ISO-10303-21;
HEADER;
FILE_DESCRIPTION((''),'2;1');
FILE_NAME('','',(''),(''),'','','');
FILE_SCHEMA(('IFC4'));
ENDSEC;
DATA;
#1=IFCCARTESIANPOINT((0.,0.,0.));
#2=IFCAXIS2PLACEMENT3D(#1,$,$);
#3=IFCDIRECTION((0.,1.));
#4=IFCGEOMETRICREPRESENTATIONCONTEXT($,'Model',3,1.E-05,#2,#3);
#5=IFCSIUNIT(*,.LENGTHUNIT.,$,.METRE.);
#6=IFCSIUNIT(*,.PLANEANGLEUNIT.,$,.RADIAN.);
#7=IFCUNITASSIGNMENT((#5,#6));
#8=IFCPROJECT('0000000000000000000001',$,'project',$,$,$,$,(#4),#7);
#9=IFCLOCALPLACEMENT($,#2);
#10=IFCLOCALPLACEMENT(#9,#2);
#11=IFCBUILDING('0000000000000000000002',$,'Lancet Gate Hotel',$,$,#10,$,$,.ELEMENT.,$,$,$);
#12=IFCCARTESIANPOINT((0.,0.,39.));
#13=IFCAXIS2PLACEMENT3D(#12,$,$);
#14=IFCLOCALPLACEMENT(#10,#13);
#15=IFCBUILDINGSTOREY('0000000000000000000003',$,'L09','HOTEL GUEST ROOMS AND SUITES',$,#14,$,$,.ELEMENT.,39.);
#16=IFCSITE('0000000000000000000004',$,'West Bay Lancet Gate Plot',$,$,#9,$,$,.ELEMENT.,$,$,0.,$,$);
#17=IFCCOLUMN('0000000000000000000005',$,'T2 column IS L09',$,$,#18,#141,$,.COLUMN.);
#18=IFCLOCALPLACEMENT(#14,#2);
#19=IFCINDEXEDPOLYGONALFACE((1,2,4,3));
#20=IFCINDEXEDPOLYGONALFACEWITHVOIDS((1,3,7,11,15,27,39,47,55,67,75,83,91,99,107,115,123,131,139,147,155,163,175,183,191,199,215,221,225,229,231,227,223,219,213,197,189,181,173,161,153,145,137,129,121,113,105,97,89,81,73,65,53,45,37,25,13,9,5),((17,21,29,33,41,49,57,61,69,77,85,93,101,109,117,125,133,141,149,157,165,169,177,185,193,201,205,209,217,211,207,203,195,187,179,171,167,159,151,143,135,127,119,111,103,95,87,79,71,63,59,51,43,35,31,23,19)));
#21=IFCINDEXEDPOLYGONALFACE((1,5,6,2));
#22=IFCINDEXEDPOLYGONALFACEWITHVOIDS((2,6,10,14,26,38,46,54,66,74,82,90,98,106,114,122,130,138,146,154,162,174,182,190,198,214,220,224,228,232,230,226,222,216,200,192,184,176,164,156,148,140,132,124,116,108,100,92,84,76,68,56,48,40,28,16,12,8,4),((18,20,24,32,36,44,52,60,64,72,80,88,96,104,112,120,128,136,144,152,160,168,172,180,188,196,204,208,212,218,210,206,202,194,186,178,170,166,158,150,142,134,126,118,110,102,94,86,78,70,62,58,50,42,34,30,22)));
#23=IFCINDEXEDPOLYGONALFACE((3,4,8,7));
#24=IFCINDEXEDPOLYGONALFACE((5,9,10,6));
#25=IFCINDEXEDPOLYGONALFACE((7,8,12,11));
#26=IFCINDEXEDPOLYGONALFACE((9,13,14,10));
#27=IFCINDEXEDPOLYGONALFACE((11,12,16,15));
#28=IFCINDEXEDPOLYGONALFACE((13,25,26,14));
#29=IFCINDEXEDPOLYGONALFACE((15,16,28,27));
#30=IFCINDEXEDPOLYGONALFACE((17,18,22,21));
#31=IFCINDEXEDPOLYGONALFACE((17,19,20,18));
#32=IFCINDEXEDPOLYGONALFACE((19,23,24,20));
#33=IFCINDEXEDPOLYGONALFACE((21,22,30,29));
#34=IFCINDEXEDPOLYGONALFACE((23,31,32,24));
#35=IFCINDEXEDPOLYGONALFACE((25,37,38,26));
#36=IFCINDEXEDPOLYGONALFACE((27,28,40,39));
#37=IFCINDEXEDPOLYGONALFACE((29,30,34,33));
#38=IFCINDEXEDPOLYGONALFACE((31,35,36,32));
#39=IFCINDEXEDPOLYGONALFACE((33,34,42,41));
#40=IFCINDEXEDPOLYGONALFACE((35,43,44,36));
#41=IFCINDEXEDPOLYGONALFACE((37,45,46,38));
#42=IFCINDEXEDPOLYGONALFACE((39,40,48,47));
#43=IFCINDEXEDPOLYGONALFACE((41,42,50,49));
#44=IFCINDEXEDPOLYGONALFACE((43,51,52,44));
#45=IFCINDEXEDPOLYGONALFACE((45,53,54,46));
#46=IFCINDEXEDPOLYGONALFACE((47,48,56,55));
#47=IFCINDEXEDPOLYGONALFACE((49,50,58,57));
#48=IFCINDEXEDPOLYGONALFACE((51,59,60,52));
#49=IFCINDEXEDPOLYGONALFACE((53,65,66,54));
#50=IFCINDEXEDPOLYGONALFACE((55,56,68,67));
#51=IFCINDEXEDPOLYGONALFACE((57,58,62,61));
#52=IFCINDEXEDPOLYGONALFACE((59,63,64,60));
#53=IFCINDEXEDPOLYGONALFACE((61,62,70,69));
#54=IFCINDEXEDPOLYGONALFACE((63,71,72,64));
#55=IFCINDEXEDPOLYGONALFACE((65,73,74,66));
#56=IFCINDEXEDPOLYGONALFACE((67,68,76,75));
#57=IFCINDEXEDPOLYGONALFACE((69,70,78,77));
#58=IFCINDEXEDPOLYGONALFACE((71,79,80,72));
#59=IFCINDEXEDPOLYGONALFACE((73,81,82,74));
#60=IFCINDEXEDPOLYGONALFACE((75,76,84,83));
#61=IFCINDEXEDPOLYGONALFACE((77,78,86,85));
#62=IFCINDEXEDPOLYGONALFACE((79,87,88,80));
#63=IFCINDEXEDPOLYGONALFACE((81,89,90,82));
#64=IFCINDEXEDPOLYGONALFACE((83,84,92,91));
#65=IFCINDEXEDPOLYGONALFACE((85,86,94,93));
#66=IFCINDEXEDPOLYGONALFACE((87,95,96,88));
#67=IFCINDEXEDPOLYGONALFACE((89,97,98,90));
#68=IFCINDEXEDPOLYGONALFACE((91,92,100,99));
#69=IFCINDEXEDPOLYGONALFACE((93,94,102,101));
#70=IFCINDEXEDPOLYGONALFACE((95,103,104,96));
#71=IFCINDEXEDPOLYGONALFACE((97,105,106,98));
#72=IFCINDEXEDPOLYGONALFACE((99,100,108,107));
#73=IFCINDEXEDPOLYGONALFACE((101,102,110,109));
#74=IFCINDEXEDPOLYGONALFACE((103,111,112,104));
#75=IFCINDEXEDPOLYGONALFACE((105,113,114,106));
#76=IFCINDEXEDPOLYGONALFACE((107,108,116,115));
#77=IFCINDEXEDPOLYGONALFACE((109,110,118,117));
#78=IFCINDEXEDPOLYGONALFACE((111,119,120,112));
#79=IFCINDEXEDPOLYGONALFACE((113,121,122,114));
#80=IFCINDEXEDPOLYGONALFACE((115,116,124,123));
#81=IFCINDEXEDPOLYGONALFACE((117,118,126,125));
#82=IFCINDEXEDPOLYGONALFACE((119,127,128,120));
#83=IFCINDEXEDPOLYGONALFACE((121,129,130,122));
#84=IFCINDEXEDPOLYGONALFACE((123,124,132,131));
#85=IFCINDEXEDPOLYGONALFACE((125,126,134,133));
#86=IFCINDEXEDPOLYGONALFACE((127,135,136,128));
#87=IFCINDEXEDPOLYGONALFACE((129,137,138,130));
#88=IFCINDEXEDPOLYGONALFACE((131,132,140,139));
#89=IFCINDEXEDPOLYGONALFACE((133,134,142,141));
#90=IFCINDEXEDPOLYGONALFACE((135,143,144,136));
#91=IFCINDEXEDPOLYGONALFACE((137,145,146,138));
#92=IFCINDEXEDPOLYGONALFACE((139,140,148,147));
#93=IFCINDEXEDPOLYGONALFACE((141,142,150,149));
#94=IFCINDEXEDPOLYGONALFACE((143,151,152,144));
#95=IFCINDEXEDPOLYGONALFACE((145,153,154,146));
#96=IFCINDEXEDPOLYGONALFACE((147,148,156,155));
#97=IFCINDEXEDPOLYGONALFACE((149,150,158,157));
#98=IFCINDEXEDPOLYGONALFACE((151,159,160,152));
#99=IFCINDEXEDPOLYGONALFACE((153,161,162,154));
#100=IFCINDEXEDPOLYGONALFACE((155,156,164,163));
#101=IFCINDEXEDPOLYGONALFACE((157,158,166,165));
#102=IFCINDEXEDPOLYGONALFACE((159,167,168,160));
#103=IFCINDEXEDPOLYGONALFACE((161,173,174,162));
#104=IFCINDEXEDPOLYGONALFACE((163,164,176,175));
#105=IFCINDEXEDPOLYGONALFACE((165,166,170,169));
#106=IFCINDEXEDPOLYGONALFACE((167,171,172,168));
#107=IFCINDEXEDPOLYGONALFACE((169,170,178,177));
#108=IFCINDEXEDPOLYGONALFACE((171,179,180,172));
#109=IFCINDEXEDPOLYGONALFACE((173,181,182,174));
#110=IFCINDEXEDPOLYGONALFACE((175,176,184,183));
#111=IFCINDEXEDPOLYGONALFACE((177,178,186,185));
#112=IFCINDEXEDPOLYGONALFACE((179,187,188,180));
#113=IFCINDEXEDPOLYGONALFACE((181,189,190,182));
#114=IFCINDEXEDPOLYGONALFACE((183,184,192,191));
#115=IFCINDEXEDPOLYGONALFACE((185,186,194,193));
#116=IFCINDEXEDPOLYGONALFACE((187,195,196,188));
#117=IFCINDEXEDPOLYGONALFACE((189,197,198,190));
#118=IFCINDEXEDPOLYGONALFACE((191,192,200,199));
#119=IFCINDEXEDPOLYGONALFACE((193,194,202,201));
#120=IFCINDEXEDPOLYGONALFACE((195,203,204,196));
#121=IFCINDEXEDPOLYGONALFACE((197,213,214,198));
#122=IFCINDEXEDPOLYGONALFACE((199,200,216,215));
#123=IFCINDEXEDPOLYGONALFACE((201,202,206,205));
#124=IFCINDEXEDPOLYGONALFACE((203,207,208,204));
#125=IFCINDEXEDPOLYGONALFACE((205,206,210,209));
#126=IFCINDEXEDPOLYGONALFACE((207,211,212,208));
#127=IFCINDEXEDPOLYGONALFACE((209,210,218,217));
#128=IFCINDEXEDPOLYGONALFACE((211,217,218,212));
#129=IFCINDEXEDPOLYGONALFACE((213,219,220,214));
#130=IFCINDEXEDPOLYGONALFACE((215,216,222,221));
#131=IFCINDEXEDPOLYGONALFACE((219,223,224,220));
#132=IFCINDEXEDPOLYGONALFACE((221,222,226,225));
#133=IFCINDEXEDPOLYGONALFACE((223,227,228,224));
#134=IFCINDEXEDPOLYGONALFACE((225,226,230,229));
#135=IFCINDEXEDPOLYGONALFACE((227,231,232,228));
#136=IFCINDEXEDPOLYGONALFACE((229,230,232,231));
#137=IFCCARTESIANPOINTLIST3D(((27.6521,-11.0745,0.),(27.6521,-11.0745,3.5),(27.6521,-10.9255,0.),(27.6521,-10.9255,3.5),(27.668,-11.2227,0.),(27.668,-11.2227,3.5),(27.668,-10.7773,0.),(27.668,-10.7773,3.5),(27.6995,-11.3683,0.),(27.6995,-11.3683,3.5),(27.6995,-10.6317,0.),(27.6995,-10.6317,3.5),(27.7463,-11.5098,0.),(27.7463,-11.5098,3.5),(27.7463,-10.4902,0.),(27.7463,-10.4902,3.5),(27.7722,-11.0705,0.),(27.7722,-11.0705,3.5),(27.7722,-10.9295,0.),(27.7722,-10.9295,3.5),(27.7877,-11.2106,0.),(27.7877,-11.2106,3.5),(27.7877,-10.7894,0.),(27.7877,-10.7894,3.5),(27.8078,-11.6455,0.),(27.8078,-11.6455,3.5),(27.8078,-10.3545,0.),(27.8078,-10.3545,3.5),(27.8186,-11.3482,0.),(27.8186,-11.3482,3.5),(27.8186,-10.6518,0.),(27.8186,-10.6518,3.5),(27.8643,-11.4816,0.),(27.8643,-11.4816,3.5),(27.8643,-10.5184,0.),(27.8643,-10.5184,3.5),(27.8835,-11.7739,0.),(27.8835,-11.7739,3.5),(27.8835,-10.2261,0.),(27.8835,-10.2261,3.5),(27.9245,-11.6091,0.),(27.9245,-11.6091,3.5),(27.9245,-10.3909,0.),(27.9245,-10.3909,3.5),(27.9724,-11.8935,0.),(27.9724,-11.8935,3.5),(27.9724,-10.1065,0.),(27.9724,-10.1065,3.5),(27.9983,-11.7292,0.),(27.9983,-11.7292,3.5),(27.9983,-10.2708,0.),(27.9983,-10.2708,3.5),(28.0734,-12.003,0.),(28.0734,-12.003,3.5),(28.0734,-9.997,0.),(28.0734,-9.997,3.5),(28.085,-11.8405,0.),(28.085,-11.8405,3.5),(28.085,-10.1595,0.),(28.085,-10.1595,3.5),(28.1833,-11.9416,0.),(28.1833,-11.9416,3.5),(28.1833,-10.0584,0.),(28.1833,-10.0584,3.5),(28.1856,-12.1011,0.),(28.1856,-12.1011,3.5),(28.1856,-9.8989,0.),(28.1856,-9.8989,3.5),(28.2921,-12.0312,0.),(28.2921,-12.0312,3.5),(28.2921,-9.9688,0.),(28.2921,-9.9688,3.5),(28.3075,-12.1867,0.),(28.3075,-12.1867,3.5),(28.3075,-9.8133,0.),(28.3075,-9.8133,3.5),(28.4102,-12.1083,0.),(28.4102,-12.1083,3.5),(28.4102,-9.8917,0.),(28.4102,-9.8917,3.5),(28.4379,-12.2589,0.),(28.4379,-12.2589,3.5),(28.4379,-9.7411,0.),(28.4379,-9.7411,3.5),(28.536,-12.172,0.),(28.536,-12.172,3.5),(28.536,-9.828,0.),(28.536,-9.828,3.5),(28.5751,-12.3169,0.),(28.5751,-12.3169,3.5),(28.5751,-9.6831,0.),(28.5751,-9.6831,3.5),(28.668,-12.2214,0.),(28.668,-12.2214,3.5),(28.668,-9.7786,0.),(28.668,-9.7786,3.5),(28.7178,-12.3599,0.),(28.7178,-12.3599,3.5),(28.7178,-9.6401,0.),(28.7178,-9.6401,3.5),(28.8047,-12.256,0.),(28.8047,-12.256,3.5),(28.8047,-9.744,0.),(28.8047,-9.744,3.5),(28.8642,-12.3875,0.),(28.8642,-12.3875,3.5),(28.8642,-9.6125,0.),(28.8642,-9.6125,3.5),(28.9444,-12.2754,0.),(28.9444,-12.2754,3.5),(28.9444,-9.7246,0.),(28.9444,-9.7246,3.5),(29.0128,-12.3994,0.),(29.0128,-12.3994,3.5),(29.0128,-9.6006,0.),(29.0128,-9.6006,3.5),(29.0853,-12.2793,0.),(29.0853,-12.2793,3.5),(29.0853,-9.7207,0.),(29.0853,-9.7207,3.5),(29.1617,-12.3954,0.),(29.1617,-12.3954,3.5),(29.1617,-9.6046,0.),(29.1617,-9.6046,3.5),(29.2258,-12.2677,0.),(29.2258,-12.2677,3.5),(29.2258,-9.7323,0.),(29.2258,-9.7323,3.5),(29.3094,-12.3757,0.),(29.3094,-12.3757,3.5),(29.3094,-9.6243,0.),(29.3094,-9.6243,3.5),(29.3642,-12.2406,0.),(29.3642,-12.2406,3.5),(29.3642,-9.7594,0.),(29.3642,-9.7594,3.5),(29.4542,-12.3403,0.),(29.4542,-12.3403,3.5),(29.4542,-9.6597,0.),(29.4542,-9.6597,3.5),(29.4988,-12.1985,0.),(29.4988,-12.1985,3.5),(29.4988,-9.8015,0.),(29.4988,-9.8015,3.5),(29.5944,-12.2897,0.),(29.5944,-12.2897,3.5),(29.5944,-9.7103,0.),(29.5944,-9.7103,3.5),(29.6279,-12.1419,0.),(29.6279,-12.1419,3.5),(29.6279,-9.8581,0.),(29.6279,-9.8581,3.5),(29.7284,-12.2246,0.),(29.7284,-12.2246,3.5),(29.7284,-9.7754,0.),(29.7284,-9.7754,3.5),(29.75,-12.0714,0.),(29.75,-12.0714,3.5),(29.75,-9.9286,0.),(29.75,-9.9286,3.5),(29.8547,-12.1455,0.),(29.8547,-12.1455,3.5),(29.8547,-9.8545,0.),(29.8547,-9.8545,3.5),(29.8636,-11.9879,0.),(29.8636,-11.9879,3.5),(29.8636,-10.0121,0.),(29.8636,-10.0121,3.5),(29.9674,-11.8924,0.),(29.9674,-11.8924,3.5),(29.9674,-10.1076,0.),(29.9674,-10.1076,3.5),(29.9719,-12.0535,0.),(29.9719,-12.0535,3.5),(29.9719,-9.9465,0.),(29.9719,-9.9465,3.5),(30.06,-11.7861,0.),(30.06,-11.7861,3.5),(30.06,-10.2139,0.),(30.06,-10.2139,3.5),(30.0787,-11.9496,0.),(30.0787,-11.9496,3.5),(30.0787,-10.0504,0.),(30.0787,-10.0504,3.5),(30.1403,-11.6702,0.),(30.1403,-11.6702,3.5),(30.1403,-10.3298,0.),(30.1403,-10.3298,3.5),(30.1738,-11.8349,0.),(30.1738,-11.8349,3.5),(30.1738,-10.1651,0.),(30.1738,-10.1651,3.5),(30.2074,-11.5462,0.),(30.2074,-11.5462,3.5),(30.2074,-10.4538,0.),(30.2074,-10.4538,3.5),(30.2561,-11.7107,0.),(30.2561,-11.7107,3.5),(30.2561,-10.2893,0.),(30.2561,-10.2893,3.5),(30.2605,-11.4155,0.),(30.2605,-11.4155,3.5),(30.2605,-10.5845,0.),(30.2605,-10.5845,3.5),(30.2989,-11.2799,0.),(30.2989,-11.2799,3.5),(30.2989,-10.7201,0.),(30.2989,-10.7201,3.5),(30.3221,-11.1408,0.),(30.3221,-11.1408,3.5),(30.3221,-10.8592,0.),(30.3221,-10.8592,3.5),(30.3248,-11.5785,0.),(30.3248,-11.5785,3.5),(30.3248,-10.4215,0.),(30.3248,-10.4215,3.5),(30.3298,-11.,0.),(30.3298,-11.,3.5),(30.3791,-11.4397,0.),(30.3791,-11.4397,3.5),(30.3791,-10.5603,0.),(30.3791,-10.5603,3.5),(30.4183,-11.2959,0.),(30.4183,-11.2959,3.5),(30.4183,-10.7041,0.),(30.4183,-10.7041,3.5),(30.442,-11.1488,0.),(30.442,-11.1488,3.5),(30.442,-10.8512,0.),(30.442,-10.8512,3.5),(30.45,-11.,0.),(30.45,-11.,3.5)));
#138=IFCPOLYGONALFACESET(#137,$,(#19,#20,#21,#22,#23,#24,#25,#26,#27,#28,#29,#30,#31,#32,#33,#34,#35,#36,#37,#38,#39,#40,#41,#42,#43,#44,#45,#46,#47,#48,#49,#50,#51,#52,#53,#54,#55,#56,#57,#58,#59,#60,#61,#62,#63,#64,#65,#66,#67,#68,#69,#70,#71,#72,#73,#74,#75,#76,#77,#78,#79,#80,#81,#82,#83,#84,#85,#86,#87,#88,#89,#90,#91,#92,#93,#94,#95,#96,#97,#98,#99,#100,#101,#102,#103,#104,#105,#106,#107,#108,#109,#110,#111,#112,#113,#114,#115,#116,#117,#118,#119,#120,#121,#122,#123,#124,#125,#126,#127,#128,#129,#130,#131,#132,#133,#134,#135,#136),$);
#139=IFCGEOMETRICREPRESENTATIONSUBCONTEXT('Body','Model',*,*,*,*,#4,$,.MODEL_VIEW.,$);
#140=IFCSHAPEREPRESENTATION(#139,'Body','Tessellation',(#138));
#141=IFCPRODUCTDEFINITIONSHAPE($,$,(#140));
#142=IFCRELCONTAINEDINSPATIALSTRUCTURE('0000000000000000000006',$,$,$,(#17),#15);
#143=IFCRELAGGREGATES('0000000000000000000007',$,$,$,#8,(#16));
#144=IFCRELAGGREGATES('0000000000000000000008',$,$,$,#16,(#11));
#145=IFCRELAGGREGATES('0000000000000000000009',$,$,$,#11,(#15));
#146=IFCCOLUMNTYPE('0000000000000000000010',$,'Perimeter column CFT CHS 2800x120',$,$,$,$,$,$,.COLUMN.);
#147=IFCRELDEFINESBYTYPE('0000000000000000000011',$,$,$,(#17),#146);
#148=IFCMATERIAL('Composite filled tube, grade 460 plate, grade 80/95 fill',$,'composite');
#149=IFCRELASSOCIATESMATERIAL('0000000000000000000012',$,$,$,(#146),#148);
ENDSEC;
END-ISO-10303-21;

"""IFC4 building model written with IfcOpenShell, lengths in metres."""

from ifc_helpers import new_model, si_unit, direction, frame, origin, origin_2d, place, context, subcontext, project, spatial, hollow_circle, extrude, material, material_profile, profile_set, type_object, element, save


model = new_model("IFC4")

# Units and contexts
model_context = context("Model", 3, precision=1e-05, world=origin(), true_north=direction((0.0, 1.0)))
body_context = subcontext(model_context, "Body", "Model", "MODEL_VIEW")
ifc_project = project(units=[si_unit("LENGTHUNIT", "METRE"), si_unit("PLANEANGLEUNIT", "RADIAN")], contexts=[model_context])

# Site, building, storey
site_placement = place(None, origin())
site = spatial("IfcSite", under=ifc_project, at=site_placement, Name="West Bay Lancet Gate Plot", CompositionType="ELEMENT", RefElevation=0.0)
building_placement = place(site_placement, origin())
building = spatial("IfcBuilding", under=site, at=building_placement, Name="Lancet Gate Hotel", CompositionType="ELEMENT")
storey_placement = place(building_placement, frame((0.0, 0.0, 39.0)))
storey = spatial("IfcBuildingStorey", under=building, at=storey_placement, Name="L09", Description="HOTEL GUEST ROOMS AND SUITES", CompositionType="ELEMENT", Elevation=39.0)

# Column
ifc_material_1 = material(Name="Composite filled tube, grade 460 plate, grade 80/95 fill", Category="composite")
ifc_material_profile_1 = material_profile(ifc_material_1, hollow_circle(Radius=1.3999, WallThickness=0.1201, at=origin_2d()), Name="CHS 2800x120")
ifc_profile_set_1 = profile_set([ifc_material_profile_1], Name="Composite filled tube, grade 460 plate, grade 80/95 fill")
column_type = type_object("IfcColumnType", Name="Perimeter column CFT CHS 2800x120", PredefinedType="COLUMN", material=ifc_profile_set_1)
for number, where, z_axis, x_axis, name in (
    (1, (29.05, -11.0, 0.0), (0.0, 0.0, 1.0), (1.0, 0.0, 0.0), "T2 column IS L09"),
):
    element("IfcColumn", number, at=place(storey_placement, frame(where, z_axis=z_axis, x_axis=x_axis)), inside=storey, type_object=column_type, Name=name, PredefinedType="COLUMN", context=body_context, shape_type="SweptSolid", body=[
        extrude(hollow_circle(Radius=1.3999, WallThickness=0.1201, at=origin_2d()), origin(), (0.0, 0.0, 1.0), 3.5),
    ])

save(model, "model.ifc")
